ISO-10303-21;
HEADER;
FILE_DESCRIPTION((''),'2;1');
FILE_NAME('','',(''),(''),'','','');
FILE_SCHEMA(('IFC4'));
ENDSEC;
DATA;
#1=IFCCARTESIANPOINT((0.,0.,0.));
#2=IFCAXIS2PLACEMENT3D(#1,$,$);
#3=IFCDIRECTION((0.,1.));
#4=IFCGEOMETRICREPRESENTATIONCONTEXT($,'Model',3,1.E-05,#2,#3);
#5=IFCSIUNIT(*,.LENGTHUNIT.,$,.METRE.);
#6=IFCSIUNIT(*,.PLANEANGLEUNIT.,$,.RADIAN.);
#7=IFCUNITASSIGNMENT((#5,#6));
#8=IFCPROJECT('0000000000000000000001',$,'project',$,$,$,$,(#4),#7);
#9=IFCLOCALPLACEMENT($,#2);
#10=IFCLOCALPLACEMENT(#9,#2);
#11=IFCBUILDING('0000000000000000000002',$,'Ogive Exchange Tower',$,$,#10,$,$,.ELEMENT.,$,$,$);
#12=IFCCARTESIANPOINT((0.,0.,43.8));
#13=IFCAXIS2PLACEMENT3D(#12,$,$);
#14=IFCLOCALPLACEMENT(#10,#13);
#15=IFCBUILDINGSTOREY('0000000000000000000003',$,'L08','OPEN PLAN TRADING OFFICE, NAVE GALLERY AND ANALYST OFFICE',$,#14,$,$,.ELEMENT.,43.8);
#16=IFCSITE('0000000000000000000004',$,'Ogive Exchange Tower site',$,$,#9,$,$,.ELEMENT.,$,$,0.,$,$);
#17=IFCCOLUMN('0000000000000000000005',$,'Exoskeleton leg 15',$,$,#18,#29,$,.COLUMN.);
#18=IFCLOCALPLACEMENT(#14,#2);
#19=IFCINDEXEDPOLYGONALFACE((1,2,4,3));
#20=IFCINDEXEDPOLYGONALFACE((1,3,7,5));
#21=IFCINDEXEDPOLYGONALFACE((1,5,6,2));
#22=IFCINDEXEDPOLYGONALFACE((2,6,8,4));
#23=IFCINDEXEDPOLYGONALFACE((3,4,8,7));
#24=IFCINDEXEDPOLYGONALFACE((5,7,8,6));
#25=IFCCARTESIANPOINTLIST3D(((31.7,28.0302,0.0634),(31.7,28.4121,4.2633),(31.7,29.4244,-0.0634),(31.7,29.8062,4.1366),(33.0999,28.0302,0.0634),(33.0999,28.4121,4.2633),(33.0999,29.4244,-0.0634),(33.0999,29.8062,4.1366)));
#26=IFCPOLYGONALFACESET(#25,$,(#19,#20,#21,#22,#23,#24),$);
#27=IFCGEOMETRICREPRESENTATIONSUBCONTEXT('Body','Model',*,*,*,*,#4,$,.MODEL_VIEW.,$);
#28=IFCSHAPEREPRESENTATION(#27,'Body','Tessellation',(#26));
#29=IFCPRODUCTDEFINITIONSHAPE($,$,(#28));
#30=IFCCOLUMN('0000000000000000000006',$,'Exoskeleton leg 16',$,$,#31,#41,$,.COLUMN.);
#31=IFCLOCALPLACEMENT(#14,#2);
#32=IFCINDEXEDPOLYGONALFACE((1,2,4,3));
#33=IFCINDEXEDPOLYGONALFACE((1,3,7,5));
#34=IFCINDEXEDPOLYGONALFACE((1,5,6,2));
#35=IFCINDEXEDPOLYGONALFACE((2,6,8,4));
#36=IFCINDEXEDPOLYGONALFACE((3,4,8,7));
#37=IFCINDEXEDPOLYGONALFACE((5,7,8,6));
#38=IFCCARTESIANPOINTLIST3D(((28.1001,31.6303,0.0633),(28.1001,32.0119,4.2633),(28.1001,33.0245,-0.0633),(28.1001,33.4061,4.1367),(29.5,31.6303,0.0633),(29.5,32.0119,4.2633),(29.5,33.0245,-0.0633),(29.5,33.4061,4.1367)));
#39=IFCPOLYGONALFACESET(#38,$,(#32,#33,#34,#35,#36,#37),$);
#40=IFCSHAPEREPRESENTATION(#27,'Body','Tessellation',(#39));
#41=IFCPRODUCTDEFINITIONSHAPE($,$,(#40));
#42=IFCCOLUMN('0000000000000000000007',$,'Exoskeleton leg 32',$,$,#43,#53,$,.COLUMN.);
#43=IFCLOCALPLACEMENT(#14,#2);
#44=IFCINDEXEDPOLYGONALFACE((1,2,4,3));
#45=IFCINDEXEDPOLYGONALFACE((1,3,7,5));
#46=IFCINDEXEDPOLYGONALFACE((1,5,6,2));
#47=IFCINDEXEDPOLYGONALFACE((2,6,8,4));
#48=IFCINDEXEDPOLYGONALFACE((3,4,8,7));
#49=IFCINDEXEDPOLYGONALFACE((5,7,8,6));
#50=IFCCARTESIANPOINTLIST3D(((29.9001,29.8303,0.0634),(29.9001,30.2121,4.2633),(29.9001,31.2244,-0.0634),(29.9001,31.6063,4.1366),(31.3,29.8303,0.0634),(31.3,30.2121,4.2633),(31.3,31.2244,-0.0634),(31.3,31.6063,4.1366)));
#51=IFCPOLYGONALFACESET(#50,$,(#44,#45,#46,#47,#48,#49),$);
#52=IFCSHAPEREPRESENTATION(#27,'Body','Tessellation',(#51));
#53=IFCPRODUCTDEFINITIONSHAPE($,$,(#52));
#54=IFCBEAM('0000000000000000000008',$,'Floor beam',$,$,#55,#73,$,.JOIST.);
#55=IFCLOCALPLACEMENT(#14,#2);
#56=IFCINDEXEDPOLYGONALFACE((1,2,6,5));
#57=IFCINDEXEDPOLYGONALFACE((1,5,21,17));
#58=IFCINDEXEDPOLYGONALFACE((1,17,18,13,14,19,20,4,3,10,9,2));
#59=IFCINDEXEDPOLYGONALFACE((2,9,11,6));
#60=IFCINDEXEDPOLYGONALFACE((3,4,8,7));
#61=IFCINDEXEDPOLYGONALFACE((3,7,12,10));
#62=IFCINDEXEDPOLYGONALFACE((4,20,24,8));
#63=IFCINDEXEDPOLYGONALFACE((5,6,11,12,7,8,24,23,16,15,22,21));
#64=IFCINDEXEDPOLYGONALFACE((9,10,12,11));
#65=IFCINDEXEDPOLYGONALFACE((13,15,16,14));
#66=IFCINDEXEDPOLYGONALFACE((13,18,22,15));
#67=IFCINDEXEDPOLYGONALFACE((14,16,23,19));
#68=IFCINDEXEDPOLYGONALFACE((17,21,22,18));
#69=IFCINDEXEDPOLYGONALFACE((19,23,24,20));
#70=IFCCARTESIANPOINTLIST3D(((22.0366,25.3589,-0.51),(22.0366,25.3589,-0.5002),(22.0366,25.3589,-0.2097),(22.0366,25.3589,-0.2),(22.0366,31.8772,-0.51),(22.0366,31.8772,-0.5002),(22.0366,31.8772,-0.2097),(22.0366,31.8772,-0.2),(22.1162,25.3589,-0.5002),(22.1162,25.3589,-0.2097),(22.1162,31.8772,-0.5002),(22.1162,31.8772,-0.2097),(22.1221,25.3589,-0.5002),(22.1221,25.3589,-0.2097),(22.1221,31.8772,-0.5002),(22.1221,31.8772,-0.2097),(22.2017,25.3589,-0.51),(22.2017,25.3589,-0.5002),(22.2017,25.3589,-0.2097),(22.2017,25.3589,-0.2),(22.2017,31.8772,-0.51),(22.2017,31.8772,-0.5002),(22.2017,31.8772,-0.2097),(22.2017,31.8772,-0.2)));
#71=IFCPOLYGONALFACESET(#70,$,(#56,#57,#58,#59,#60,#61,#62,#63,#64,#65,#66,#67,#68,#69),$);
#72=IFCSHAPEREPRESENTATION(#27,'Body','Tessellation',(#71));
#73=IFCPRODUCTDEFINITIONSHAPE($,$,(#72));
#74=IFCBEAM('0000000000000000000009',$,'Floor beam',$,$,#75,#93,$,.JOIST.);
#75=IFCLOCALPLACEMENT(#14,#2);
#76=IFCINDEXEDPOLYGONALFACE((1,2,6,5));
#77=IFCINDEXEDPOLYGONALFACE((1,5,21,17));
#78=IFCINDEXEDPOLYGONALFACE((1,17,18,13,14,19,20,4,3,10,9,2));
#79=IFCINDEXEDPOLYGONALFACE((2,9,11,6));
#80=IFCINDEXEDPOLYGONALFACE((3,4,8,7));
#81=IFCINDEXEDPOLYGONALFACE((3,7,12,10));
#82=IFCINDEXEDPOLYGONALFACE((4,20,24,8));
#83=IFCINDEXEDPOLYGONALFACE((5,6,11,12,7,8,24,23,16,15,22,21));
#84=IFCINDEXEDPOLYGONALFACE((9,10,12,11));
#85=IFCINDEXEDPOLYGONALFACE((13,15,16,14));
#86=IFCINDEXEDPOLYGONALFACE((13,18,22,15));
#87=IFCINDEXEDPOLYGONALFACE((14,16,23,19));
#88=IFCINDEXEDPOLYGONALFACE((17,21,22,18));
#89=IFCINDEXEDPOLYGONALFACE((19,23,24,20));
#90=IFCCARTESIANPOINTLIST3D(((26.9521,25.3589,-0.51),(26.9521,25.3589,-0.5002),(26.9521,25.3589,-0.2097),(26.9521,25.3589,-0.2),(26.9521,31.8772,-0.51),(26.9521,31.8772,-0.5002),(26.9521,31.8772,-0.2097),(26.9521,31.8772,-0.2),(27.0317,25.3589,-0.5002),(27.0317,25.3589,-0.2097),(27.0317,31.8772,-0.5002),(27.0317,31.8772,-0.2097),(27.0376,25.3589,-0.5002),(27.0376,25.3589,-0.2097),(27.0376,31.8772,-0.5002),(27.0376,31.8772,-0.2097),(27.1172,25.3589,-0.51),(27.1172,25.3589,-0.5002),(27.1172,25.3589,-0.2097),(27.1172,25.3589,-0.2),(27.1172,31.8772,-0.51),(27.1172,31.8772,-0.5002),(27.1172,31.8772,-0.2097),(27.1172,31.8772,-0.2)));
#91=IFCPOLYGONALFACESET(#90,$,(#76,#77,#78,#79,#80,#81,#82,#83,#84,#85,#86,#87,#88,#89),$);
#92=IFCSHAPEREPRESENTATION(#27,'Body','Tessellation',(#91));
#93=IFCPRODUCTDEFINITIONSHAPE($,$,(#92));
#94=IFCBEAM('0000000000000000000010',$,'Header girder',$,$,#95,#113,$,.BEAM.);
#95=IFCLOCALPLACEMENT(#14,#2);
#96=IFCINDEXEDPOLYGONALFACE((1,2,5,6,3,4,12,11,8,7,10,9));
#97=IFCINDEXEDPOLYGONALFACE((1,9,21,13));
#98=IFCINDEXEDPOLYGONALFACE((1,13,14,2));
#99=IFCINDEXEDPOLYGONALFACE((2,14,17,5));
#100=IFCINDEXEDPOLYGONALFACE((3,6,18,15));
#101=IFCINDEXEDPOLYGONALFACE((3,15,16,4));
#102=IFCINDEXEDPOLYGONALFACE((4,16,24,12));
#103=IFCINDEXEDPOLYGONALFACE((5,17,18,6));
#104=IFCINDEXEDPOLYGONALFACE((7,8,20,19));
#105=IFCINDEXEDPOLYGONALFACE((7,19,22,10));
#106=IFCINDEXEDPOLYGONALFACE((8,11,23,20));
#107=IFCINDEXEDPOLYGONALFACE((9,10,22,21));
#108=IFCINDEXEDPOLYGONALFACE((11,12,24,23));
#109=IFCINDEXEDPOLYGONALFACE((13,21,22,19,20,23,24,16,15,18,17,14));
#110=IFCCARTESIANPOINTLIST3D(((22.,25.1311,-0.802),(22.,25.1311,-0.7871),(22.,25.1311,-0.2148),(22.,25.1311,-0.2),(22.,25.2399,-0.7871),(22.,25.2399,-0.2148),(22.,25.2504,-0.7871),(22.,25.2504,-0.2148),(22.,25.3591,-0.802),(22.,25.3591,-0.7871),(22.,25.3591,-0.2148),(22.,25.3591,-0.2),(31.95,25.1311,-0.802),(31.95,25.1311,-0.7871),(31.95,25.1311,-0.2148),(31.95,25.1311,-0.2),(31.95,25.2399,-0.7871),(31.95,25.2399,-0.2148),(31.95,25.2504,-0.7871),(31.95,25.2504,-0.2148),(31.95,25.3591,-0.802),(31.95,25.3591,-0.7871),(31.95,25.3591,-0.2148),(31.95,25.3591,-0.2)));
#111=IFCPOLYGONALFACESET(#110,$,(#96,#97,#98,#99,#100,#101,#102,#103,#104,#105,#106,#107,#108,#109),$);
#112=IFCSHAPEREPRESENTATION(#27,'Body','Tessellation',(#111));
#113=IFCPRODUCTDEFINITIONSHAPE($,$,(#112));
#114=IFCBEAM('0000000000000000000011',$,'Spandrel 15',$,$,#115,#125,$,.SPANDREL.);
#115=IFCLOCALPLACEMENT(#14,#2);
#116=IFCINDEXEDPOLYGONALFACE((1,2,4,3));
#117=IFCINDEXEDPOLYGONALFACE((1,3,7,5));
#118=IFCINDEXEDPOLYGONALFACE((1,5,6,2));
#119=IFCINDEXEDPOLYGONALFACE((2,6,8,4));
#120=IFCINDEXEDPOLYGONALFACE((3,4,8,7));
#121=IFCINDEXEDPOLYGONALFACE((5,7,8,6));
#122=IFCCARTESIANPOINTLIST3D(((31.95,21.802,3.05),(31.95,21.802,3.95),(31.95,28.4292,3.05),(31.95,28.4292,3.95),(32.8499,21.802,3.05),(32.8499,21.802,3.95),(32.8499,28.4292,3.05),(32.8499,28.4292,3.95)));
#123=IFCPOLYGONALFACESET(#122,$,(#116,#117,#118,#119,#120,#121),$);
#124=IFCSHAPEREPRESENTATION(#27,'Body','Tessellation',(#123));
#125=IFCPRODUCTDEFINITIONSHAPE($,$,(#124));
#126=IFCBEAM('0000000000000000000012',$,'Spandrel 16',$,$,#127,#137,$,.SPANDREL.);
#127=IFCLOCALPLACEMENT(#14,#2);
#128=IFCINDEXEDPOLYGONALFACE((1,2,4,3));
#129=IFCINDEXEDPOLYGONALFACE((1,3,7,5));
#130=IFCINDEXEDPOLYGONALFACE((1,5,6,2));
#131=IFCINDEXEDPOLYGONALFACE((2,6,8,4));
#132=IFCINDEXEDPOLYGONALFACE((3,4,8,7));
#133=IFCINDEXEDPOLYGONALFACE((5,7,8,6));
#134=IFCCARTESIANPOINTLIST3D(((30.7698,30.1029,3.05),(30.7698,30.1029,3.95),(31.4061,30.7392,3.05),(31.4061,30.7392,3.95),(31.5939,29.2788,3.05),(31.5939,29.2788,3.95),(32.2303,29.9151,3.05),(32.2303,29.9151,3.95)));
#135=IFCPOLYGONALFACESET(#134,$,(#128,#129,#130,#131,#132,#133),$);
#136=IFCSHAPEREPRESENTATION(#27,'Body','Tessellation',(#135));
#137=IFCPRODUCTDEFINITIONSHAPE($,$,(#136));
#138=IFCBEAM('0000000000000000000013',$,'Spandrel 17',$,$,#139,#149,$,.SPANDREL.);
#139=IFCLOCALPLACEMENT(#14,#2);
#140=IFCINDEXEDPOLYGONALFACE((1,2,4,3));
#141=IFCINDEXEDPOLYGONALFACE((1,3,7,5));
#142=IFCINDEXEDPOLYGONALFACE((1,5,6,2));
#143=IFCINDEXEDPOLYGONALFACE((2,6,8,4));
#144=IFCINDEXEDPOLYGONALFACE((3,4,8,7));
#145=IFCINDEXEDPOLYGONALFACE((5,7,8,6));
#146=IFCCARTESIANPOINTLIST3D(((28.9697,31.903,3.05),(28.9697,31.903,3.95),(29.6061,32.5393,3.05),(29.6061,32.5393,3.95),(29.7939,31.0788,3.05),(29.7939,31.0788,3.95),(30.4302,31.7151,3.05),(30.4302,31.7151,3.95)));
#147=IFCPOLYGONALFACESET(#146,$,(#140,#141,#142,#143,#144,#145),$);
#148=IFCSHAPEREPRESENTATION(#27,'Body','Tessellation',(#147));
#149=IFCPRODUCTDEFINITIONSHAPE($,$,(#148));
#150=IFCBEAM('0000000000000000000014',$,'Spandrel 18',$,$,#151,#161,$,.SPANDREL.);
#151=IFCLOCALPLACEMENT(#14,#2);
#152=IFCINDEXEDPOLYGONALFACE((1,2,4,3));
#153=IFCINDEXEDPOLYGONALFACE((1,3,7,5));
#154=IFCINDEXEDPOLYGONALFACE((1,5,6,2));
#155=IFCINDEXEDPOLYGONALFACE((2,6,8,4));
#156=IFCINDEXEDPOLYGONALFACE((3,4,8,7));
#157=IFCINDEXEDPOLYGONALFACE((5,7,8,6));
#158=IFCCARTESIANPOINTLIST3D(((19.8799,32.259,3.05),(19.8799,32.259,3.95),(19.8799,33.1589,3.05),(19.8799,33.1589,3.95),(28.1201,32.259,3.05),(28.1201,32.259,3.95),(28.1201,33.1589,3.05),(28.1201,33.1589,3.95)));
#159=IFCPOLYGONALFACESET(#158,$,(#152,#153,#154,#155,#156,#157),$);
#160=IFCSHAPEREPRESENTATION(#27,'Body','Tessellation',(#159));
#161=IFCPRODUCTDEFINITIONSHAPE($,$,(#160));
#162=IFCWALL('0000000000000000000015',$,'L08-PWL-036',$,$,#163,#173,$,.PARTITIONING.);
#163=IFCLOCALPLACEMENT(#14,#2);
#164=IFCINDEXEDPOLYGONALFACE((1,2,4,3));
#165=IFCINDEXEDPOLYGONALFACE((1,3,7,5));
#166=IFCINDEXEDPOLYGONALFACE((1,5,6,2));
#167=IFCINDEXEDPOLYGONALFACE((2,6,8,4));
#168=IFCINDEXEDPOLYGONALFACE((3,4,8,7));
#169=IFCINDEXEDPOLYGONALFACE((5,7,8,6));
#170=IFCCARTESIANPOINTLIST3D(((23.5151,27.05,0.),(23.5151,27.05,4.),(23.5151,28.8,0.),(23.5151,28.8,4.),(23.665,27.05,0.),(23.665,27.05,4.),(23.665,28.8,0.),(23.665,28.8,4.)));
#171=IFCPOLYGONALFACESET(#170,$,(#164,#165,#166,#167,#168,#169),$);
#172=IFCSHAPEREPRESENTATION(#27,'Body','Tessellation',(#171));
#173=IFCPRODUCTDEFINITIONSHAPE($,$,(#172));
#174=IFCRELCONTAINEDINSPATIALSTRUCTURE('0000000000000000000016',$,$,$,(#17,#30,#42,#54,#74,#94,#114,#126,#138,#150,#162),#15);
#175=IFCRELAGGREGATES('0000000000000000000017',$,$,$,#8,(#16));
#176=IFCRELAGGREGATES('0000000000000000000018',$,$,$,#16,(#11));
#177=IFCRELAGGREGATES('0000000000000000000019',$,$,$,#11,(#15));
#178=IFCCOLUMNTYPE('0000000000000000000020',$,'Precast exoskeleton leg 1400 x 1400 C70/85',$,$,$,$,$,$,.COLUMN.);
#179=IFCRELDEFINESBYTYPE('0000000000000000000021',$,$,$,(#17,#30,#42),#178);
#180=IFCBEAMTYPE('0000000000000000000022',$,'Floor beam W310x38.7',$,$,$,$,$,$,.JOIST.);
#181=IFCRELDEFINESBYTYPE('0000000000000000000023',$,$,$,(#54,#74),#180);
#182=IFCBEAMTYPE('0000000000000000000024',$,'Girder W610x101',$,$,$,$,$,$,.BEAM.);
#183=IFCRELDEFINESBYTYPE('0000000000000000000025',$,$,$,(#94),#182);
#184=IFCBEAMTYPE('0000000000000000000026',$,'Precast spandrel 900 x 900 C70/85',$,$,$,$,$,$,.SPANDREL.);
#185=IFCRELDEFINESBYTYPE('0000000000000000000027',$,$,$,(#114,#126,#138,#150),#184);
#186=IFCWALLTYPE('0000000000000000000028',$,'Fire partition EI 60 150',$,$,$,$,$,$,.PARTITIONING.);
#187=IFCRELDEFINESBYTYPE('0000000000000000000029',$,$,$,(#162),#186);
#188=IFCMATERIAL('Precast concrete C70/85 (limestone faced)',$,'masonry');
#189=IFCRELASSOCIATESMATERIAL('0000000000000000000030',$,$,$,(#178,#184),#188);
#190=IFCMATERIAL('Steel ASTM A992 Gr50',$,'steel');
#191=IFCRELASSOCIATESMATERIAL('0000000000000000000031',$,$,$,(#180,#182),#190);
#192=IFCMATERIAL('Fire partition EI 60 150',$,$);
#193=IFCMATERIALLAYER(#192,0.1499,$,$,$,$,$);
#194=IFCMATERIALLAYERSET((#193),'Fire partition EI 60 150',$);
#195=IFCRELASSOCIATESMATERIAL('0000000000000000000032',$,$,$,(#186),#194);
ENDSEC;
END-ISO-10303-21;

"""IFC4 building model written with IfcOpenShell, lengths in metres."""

from ifc_helpers import new_model, si_unit, direction, frame, frame_2d, origin, origin_2d, place, context, subcontext, project, spatial, rectangle, i_section, extrude, material, layer, layer_set, material_profile, profile_set, type_object, element, save


model = new_model("IFC4")

# Units and contexts
model_context = context("Model", 3, precision=1e-05, world=origin(), true_north=direction((0.0, 1.0)))
body_context = subcontext(model_context, "Body", "Model", "MODEL_VIEW")
ifc_project = project(units=[si_unit("LENGTHUNIT", "METRE"), si_unit("PLANEANGLEUNIT", "RADIAN")], contexts=[model_context])

# Site, building, storey
site_placement = place(None, origin())
site = spatial("IfcSite", under=ifc_project, at=site_placement, Name="Ogive Exchange Tower site", CompositionType="ELEMENT", RefElevation=0.0)
building_placement = place(site_placement, origin())
building = spatial("IfcBuilding", under=site, at=building_placement, Name="Ogive Exchange Tower", CompositionType="ELEMENT")
storey_placement = place(building_placement, frame((0.0, 0.0, 43.8)))
storey = spatial("IfcBuildingStorey", under=building, at=storey_placement, Name="L08", Description="OPEN PLAN TRADING OFFICE, NAVE GALLERY AND ANALYST OFFICE", CompositionType="ELEMENT", Elevation=43.8)

# Columns
ifc_material_1 = material(Name="Precast concrete C70/85 (limestone faced)", Category="masonry")
ifc_material_profile_1 = material_profile(ifc_material_1, rectangle(XDim=1.3999, YDim=1.3999, at=origin_2d()), Name="1400 x 1400")
ifc_profile_set_1 = profile_set([ifc_material_profile_1], Name="Precast concrete C70/85 (limestone faced)")
column_type = type_object("IfcColumnType", Name="Precast exoskeleton leg 1400 x 1400 C70/85", PredefinedType="COLUMN", material=ifc_profile_set_1)
for number, where, z_axis, x_axis, name in (
    (1, (32.3999, 28.7273, 0.0), (0.0, 0.090541, 0.995893), (-1.0, 0.0, 0.0), "Exoskeleton leg 15"),
    (2, (28.8, 32.3274, 0.0), (0.0, 0.090484, 0.995898), (-1.0, 0.0, 0.0), "Exoskeleton leg 16"),
    (3, (30.6001, 30.5273, 0.0), (0.0, 0.090541, 0.995893), (-1.0, 0.0, 0.0), "Exoskeleton leg 32"),
):
    element("IfcColumn", number, at=place(storey_placement, frame(where, z_axis=z_axis, x_axis=x_axis)), inside=storey, type_object=column_type, Name=name, PredefinedType="COLUMN", context=body_context, shape_type="SweptSolid", body=[
        extrude(rectangle(XDim=1.3999, YDim=1.3999, at=origin_2d()), origin(), (0.0, 0.0, 1.0), 4.2173),
    ])

# Beams
ifc_material_2 = material(Name="Steel ASTM A992 Gr50", Category="steel")
ifc_material_profile_2 = material_profile(ifc_material_2, i_section(OverallWidth=0.165, OverallDepth=0.3101, WebThickness=0.0059, FlangeThickness=0.0098, at=origin_2d()), Name="W310x38.7")
ifc_profile_set_2 = profile_set([ifc_material_profile_2], Name="Steel ASTM A992 Gr50")
beam_type_1 = type_object("IfcBeamType", Name="Floor beam W310x38.7", PredefinedType="JOIST", material=ifc_profile_set_2)
for number, where, z_axis, x_axis, name in (
    (4, (22.1191, 25.3589, -0.355), (0.0, 1.0, 0.0), (-1.0, 0.0, 0.0), "Floor beam"),
    (5, (27.0347, 25.3589, -0.355), (0.0, 1.0, 0.0), (-1.0, 0.0, 0.0), "Floor beam"),
):
    element("IfcBeam", number, at=place(storey_placement, frame(where, z_axis=z_axis, x_axis=x_axis)), inside=storey, type_object=beam_type_1, Name=name, PredefinedType="JOIST", context=body_context, shape_type="SweptSolid", body=[
        extrude(i_section(OverallWidth=0.165, OverallDepth=0.3101, WebThickness=0.0059, FlangeThickness=0.0098, at=origin_2d()), origin(), (0.0, 0.0, 1.0), 6.5183),
    ])
ifc_material_profile_3 = material_profile(ifc_material_2, i_section(OverallWidth=0.228, OverallDepth=0.6021, WebThickness=0.0105, FlangeThickness=0.0149, at=origin_2d()), Name="W610x101")
ifc_profile_set_3 = profile_set([ifc_material_profile_3], Name="Steel ASTM A992 Gr50")
beam_type_2 = type_object("IfcBeamType", Name="Girder W610x101", PredefinedType="BEAM", material=ifc_profile_set_3)
beam_1_placement = place(storey_placement, frame((22.0, 25.2451, -0.501), z_axis=(1.0, 0.0, 0.0), x_axis=(0.0, 1.0, 0.0)))
element("IfcBeam", 6, at=beam_1_placement, inside=storey, type_object=beam_type_2, Name="Header girder", PredefinedType="BEAM", context=body_context, shape_type="SweptSolid", body=[
    extrude(i_section(OverallWidth=0.228, OverallDepth=0.6021, WebThickness=0.0105, FlangeThickness=0.0149, at=origin_2d()), origin(), (0.0, 0.0, 1.0), 9.95),
])
ifc_material_profile_4 = material_profile(ifc_material_1, rectangle(XDim=0.8999, YDim=0.8999, at=origin_2d()), Name="900 x 900")
ifc_profile_set_4 = profile_set([ifc_material_profile_4], Name="Precast concrete C70/85 (limestone faced)")
beam_type_3 = type_object("IfcBeamType", Name="Precast spandrel 900 x 900 C70/85", PredefinedType="SPANDREL", material=ifc_profile_set_4)
beam_2_placement = place(storey_placement, frame((32.3999, 21.802, 3.5), z_axis=(0.0, 1.0, 0.0), x_axis=(-1.0, 0.0, 0.0)))
element("IfcBeam", 7, at=beam_2_placement, inside=storey, type_object=beam_type_3, Name="Spandrel 15", PredefinedType="SPANDREL", context=body_context, shape_type="SweptSolid", body=[
    extrude(rectangle(XDim=0.8999, YDim=0.8999, at=origin_2d()), origin(), (0.0, 0.0, 1.0), 6.6272),
])
for number, where, z_axis, x_axis, name in (
    (8, (31.9121, 29.5969, 3.5), (-0.707107, 0.707107, 0.0), (-0.707107, -0.707107, 0.0), "Spandrel 16"),
    (9, (30.1121, 31.397, 3.5), (-0.707107, 0.707107, 0.0), (-0.707107, -0.707107, 0.0), "Spandrel 17"),
):
    element("IfcBeam", number, at=place(storey_placement, frame(where, z_axis=z_axis, x_axis=x_axis)), inside=storey, type_object=beam_type_3, Name=name, PredefinedType="SPANDREL", context=body_context, shape_type="SweptSolid", body=[
        extrude(rectangle(XDim=0.8999, YDim=0.8999, at=origin_2d()), origin(), (0.0, 0.0, 1.0), 1.1655),
    ])
beam_3_placement = place(storey_placement, frame((28.1201, 32.709, 3.5), z_axis=(-1.0, 0.0, 0.0), x_axis=(0.0, -1.0, 0.0)))
element("IfcBeam", 10, at=beam_3_placement, inside=storey, type_object=beam_type_3, Name="Spandrel 18", PredefinedType="SPANDREL", context=body_context, shape_type="SweptSolid", body=[
    extrude(rectangle(XDim=0.8999, YDim=0.8999, at=origin_2d()), origin(), (0.0, 0.0, 1.0), 8.2402),
])

# Wall
ifc_material_3 = material(Name="Fire partition EI 60 150")
ifc_layer_1 = layer(ifc_material_3, 0.1499)
ifc_layer_set_1 = layer_set([ifc_layer_1], Name="Fire partition EI 60 150")
wall_type_1 = type_object("IfcWallType", Name="Fire partition EI 60 150", PredefinedType="PARTITIONING", material=ifc_layer_set_1)
wall_1_placement = place(storey_placement, frame((23.5901, 28.8, 0.0), z_axis=(0.0, 0.0, 1.0), x_axis=(0.0, -1.0, 0.0)))
element("IfcWall", 11, at=wall_1_placement, inside=storey, type_object=wall_type_1, Name="L08-PWL-036", PredefinedType="PARTITIONING", context=body_context, shape_type="SweptSolid", body=[
    extrude(rectangle(XDim=1.75, YDim=0.1499, at=frame_2d((0.875, 0.0))), origin(), (0.0, 0.0, 1.0), 4.0),
])

save(model, "model.ifc")
